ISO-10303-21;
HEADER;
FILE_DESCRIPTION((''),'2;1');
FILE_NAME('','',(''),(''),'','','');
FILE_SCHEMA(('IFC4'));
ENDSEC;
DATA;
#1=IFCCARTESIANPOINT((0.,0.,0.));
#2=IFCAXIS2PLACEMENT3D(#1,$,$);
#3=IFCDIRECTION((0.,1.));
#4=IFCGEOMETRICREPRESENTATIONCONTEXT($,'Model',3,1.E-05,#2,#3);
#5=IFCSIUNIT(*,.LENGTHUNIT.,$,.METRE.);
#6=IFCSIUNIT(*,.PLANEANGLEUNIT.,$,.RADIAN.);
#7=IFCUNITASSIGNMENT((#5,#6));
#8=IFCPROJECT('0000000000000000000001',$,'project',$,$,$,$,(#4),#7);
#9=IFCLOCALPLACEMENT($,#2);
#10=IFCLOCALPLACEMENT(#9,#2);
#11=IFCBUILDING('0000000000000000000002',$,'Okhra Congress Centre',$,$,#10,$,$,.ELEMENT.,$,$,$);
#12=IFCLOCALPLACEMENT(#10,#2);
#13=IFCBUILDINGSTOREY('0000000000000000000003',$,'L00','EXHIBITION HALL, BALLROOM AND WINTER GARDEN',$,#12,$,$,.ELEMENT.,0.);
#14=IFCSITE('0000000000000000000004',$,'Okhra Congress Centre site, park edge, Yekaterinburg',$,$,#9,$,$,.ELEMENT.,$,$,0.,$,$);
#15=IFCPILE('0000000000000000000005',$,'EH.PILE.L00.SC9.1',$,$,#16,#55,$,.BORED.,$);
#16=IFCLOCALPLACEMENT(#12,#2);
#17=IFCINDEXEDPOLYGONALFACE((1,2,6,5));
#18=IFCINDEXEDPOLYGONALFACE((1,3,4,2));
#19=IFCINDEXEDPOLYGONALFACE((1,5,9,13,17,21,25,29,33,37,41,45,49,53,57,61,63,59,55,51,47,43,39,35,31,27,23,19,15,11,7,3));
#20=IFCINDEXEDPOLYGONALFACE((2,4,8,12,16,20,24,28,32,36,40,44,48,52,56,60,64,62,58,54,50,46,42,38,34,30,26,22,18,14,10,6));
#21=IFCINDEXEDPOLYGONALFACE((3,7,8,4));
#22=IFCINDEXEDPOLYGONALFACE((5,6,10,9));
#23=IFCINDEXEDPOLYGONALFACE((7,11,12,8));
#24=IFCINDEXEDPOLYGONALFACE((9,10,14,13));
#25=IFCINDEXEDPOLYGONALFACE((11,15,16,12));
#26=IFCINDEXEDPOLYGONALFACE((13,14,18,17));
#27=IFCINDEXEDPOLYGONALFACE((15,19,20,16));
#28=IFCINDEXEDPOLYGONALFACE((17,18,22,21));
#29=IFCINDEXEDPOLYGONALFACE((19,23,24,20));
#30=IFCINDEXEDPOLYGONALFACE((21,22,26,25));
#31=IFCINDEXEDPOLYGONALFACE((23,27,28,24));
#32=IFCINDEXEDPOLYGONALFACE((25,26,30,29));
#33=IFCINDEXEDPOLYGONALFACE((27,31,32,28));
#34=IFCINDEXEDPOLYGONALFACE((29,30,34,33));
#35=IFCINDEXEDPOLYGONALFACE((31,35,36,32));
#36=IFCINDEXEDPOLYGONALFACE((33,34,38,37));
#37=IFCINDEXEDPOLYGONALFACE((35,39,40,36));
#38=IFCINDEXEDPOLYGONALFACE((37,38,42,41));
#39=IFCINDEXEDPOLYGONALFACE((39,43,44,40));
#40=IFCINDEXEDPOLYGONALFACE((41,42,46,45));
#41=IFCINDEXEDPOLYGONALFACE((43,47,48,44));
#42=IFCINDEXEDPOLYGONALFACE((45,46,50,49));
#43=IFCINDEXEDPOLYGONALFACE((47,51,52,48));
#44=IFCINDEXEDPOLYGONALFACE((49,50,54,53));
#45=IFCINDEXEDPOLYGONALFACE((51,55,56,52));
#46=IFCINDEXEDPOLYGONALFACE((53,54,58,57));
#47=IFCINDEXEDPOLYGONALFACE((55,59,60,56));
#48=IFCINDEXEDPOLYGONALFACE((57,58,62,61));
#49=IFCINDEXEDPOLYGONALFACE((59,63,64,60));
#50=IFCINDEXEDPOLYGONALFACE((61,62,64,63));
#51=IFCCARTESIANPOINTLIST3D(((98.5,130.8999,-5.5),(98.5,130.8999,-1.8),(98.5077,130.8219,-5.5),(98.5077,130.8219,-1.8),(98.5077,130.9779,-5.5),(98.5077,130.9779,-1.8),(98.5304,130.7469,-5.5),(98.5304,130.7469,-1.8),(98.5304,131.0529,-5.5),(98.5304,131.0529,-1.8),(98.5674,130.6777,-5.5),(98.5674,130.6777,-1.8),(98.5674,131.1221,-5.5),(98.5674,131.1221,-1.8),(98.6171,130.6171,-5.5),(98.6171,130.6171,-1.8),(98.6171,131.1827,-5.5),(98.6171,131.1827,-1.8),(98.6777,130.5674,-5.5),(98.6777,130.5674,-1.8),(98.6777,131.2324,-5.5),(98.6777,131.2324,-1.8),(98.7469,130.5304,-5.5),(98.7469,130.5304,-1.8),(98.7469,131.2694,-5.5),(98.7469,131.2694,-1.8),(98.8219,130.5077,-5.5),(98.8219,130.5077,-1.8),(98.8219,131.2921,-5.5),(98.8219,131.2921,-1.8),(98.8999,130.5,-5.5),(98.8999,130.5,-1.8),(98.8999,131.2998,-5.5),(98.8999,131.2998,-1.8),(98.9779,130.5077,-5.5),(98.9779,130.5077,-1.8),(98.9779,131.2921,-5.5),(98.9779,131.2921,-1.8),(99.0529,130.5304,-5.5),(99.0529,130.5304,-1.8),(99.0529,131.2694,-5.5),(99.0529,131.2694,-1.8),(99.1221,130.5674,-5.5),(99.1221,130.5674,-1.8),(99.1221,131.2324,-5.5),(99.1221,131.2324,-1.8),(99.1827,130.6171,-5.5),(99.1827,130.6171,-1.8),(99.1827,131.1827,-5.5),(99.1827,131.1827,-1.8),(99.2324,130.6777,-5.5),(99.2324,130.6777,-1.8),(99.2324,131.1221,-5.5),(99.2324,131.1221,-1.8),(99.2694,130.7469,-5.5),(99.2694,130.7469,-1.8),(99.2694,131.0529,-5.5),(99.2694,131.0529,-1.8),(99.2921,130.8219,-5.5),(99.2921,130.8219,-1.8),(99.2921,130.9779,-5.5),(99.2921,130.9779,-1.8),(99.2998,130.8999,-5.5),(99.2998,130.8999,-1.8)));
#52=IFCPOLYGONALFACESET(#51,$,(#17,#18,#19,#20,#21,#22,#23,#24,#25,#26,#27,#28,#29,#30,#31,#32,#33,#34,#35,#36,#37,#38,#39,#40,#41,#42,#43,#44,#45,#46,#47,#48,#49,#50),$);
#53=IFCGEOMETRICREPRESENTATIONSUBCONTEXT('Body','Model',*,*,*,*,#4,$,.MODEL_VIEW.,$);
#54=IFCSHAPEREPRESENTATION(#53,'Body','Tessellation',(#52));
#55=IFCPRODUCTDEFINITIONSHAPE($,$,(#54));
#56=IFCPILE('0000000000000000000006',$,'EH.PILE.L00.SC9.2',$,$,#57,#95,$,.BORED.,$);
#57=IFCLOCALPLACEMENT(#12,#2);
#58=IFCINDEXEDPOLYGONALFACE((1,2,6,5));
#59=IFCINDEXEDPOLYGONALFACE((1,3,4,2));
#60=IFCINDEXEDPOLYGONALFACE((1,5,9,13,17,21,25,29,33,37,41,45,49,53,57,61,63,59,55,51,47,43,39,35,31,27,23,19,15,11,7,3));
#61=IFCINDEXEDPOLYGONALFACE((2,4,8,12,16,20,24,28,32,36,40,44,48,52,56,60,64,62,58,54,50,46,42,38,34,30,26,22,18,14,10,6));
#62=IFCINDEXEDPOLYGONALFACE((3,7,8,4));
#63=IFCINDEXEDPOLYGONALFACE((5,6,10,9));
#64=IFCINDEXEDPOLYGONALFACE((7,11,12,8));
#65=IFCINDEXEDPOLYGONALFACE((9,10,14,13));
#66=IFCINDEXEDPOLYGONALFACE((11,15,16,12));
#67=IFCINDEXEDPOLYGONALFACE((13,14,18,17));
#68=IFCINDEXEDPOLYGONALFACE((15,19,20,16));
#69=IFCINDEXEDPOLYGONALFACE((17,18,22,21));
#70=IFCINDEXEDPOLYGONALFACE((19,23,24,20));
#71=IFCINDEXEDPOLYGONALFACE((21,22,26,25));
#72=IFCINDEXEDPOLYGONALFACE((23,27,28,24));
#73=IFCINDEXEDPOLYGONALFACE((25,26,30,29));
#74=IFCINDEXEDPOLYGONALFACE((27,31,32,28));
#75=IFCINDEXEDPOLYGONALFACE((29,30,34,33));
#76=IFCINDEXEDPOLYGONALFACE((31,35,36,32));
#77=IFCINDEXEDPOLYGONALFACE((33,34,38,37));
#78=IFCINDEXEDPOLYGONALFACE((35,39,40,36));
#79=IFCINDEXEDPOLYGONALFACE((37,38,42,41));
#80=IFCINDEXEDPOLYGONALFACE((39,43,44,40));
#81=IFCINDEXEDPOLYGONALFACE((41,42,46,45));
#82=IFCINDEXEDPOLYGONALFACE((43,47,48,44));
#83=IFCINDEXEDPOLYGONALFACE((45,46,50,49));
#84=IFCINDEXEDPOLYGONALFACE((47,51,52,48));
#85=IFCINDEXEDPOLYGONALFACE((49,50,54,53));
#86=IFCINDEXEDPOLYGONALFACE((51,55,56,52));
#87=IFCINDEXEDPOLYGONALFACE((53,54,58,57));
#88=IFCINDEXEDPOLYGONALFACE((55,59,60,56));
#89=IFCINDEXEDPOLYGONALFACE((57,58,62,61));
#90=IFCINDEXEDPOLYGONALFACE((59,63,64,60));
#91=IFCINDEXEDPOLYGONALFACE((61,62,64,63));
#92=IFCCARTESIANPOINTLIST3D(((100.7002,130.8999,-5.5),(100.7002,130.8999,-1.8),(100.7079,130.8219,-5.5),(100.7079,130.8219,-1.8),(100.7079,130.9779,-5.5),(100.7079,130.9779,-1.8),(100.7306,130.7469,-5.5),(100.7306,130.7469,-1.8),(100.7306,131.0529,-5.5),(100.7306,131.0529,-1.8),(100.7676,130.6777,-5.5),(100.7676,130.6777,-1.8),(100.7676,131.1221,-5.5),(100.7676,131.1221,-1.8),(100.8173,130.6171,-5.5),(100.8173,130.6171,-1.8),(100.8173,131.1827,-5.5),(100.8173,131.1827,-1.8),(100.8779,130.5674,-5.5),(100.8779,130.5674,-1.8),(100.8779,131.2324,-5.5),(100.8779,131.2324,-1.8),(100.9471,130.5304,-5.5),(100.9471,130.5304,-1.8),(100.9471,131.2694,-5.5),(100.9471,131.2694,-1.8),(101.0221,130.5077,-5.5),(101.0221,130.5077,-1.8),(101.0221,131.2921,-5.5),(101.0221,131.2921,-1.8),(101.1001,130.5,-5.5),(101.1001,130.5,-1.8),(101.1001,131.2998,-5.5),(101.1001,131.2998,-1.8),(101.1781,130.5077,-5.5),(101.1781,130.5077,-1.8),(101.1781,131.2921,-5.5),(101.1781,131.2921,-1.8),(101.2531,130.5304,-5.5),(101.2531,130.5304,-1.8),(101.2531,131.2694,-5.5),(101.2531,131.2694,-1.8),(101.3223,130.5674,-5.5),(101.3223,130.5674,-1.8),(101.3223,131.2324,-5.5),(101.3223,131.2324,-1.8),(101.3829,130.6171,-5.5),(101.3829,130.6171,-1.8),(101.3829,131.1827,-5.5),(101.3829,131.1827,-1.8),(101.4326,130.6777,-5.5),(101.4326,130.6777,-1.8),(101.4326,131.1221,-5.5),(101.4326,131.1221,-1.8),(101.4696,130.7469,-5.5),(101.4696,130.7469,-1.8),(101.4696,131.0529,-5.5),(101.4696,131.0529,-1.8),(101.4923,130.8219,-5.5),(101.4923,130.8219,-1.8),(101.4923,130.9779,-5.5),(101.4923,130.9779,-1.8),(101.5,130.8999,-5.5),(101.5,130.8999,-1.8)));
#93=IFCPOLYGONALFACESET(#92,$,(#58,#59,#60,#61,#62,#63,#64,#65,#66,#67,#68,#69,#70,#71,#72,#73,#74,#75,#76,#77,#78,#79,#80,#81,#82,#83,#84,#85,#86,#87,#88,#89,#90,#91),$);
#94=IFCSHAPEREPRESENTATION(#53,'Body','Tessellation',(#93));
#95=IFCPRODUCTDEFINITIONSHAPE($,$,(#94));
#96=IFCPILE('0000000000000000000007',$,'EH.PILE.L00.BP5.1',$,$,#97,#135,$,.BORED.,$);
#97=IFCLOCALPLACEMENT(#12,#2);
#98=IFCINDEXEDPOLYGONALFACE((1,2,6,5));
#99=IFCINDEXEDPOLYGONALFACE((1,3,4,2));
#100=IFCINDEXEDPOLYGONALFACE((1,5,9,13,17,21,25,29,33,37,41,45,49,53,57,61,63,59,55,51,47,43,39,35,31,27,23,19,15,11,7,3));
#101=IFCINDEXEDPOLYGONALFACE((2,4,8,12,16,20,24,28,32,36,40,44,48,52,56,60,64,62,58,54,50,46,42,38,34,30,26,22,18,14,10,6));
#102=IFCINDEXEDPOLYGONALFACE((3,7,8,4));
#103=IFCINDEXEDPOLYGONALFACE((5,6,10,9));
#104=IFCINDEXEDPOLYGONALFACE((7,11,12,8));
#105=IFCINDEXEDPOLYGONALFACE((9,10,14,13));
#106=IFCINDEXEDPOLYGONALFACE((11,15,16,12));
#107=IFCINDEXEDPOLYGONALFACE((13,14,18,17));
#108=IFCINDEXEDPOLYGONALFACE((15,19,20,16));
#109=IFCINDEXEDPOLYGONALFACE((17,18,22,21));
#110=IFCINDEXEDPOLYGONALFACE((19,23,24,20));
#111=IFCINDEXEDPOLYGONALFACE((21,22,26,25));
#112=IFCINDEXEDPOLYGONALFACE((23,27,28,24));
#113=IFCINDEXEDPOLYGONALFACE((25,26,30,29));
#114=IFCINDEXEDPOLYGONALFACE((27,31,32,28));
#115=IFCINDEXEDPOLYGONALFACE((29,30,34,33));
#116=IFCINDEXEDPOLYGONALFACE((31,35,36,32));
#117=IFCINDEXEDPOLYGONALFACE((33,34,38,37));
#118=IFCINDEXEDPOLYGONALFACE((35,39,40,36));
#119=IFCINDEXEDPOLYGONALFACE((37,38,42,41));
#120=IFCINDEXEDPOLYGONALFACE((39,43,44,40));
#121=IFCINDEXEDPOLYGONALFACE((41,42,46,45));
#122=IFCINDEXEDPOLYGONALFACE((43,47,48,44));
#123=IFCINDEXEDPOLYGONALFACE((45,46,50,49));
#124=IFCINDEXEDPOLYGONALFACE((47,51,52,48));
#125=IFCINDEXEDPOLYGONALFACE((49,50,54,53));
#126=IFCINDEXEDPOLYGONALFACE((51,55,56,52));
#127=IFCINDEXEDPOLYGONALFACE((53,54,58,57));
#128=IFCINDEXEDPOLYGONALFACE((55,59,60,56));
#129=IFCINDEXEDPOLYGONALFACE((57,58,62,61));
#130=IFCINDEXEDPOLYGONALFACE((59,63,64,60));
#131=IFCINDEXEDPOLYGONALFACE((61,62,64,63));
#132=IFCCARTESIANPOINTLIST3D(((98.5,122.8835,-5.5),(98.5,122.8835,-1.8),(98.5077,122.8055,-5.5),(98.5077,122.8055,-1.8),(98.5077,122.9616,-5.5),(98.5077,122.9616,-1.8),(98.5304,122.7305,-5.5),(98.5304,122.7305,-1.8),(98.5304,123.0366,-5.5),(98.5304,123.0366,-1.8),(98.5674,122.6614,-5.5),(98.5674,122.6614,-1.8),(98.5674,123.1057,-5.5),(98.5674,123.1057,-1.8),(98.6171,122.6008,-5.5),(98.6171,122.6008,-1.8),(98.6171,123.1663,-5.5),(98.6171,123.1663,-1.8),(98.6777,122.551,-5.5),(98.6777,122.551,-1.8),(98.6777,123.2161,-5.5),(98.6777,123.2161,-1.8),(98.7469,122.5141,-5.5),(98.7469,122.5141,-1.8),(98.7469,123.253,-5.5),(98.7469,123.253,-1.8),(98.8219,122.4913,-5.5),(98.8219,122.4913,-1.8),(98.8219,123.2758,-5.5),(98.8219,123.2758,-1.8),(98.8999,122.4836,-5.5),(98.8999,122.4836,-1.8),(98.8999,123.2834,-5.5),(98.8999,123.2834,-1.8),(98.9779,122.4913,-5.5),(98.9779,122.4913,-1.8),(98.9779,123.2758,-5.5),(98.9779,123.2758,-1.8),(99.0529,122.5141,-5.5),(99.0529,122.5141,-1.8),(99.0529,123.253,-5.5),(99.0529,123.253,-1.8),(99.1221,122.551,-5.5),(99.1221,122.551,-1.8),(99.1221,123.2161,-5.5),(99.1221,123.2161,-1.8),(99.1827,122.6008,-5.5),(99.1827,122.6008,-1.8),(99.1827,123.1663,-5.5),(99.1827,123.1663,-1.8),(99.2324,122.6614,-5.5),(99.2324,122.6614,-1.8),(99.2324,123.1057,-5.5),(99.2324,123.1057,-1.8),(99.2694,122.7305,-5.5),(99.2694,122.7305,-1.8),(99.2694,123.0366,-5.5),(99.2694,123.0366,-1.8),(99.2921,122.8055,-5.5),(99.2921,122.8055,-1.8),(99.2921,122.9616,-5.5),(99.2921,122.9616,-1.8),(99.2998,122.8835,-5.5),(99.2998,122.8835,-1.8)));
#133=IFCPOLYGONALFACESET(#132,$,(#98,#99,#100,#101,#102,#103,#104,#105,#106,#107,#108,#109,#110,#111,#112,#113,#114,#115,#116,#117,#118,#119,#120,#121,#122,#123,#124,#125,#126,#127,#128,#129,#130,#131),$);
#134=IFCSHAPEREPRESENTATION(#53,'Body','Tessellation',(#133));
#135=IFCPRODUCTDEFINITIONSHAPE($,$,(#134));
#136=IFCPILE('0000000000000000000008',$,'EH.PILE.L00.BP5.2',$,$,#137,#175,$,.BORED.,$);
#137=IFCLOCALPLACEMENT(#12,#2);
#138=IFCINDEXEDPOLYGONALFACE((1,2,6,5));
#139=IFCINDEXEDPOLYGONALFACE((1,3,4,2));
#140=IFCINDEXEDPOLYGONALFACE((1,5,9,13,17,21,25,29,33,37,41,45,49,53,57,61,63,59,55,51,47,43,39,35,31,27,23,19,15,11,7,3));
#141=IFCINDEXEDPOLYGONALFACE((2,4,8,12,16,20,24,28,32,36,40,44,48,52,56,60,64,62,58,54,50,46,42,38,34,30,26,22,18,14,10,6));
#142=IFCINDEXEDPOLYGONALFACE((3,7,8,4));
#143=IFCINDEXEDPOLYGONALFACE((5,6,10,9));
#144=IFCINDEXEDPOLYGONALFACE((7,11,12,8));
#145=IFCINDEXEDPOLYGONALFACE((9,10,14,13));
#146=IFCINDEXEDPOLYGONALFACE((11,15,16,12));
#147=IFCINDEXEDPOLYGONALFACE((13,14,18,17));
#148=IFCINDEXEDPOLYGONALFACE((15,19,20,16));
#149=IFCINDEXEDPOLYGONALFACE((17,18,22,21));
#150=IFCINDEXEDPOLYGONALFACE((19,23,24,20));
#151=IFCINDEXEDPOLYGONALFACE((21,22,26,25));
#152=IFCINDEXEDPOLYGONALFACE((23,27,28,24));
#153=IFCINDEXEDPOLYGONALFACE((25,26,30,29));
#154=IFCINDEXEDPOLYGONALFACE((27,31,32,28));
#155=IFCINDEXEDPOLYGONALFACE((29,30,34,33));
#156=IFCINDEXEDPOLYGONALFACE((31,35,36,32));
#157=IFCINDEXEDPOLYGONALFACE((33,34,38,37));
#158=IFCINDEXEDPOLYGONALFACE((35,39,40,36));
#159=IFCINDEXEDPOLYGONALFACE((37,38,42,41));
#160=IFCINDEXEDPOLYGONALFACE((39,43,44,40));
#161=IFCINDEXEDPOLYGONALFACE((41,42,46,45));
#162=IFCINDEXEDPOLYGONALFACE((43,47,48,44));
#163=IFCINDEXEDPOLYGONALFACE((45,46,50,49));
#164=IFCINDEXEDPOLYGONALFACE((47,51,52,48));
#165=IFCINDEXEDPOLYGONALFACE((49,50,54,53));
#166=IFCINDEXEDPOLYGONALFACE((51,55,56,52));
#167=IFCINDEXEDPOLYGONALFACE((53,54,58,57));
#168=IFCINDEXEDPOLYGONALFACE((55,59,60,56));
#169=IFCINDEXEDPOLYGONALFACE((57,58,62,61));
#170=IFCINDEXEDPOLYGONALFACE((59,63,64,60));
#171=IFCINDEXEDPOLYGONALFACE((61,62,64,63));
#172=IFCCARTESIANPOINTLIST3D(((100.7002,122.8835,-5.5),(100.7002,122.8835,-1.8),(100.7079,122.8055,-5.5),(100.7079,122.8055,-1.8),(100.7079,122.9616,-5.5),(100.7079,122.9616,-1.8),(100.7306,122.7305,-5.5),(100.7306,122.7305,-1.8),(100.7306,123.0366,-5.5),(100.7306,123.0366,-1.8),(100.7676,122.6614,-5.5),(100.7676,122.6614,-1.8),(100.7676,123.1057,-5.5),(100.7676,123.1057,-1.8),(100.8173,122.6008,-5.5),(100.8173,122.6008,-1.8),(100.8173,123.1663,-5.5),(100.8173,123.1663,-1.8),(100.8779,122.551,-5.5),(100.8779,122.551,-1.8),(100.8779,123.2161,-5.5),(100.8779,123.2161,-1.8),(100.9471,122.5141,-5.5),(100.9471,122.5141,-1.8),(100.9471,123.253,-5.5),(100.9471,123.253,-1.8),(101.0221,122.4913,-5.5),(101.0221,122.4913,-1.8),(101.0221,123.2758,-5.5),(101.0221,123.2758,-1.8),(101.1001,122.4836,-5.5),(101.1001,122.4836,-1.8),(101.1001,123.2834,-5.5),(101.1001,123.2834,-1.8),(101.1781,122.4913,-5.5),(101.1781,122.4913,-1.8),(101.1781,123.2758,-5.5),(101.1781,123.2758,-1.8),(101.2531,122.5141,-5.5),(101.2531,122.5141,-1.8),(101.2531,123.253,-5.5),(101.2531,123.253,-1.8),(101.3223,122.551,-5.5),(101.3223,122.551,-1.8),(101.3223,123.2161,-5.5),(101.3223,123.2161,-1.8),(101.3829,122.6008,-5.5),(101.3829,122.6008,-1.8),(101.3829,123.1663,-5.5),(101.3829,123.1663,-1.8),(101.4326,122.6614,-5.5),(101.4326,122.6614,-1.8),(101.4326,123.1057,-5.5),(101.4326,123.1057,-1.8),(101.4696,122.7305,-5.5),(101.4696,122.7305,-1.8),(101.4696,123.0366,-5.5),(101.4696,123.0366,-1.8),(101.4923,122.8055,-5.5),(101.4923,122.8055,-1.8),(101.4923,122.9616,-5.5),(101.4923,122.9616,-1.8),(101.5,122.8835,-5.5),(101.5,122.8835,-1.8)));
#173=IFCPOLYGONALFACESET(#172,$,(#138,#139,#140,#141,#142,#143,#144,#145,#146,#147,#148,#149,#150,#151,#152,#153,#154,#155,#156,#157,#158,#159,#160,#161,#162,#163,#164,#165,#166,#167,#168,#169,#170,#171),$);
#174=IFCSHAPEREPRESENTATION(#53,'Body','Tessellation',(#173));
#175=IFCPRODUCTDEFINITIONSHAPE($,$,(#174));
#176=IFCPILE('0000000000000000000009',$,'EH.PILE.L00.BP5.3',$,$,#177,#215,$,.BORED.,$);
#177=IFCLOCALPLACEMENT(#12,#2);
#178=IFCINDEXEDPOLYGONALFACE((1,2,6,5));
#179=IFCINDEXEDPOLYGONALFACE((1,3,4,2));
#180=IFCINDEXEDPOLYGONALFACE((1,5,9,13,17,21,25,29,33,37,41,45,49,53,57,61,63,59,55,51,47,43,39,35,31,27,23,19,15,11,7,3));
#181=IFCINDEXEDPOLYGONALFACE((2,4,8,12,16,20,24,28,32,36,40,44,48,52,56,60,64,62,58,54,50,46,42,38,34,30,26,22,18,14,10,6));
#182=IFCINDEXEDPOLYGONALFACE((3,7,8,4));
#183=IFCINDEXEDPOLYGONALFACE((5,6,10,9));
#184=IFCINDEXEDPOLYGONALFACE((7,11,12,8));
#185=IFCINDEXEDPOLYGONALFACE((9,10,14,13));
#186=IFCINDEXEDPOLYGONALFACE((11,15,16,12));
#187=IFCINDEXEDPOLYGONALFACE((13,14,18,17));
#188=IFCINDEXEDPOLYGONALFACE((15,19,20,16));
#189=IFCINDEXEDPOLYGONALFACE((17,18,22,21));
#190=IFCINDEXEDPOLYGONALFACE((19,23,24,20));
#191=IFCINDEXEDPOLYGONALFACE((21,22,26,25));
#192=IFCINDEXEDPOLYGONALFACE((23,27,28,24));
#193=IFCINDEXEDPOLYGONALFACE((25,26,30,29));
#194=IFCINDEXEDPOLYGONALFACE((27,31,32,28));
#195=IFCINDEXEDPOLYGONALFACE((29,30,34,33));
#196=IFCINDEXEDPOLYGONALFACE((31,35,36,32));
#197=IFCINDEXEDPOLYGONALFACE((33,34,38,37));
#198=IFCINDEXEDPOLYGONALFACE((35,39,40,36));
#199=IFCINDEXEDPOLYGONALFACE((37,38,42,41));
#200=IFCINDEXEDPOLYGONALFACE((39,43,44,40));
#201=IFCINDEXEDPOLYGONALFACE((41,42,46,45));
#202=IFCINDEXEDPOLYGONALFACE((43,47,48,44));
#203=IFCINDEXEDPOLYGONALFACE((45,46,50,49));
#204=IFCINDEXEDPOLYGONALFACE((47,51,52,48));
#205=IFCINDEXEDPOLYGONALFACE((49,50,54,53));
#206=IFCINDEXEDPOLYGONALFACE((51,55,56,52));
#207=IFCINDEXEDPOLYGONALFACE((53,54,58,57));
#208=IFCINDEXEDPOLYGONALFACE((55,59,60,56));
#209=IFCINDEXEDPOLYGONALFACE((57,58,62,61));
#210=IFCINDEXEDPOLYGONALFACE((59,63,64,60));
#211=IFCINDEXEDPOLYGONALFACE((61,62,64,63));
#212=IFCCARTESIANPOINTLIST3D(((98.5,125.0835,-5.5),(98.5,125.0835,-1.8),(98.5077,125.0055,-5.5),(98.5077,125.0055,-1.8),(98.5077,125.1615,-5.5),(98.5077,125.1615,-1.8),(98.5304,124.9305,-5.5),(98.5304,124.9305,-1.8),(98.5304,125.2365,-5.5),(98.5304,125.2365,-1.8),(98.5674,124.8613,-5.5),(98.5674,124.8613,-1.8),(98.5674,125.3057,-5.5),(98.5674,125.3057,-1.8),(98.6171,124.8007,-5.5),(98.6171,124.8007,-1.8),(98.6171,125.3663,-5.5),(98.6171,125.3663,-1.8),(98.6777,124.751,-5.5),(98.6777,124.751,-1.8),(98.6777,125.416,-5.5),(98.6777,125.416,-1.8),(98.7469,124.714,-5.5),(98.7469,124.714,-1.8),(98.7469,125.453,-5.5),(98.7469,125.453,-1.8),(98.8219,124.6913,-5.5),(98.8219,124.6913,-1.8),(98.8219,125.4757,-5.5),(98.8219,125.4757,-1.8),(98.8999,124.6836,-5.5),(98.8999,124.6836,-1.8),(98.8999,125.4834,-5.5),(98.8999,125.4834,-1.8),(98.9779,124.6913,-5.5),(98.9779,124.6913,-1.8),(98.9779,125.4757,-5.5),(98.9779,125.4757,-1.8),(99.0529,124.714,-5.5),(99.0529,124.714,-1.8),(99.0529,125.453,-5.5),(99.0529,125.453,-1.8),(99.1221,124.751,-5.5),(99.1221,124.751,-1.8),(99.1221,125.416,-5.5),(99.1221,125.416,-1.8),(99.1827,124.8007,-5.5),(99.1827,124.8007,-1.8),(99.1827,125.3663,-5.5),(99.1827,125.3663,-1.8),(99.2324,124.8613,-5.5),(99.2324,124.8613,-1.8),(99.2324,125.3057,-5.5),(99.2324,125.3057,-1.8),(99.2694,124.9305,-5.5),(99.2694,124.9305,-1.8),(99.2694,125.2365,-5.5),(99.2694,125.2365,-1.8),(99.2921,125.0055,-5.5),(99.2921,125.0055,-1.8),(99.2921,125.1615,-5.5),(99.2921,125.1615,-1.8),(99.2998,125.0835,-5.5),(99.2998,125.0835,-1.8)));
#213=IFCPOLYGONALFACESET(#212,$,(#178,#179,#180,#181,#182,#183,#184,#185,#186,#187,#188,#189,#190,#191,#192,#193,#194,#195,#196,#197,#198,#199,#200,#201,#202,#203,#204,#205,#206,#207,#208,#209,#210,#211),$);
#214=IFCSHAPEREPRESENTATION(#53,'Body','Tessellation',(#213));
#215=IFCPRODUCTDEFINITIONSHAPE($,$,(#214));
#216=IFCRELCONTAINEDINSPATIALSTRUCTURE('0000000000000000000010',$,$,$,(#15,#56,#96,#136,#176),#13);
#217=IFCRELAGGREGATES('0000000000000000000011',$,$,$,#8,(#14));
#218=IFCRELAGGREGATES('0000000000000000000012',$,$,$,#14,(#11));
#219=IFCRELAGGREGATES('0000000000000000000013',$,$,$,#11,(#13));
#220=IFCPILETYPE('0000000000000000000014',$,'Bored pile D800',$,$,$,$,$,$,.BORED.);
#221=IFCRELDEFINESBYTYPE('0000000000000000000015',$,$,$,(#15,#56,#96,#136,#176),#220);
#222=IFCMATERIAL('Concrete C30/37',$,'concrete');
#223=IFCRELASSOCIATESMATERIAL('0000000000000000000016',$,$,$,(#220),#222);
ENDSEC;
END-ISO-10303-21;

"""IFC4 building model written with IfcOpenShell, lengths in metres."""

from ifc_helpers import new_model, si_unit, direction, frame, origin, origin_2d, place, context, subcontext, project, spatial, circle, extrude, material, material_profile, profile_set, type_object, element, save


model = new_model("IFC4")

# Units and contexts
model_context = context("Model", 3, precision=1e-05, world=origin(), true_north=direction((0.0, 1.0)))
body_context = subcontext(model_context, "Body", "Model", "MODEL_VIEW")
ifc_project = project(units=[si_unit("LENGTHUNIT", "METRE"), si_unit("PLANEANGLEUNIT", "RADIAN")], contexts=[model_context])

# Site, building, storey
site_placement = place(None, origin())
site = spatial("IfcSite", under=ifc_project, at=site_placement, Name="Okhra Congress Centre site, park edge, Yekaterinburg", CompositionType="ELEMENT", RefElevation=0.0)
building_placement = place(site_placement, origin())
building = spatial("IfcBuilding", under=site, at=building_placement, Name="Okhra Congress Centre", CompositionType="ELEMENT")
storey_placement = place(building_placement, origin())
storey = spatial("IfcBuildingStorey", under=building, at=storey_placement, Name="L00", Description="EXHIBITION HALL, BALLROOM AND WINTER GARDEN", CompositionType="ELEMENT", Elevation=0.0)

# Piles
ifc_material_1 = material(Name="Concrete C30/37", Category="concrete")
ifc_material_profile_1 = material_profile(ifc_material_1, circle(Radius=0.3999, at=origin_2d()), Name="D800")
ifc_profile_set_1 = profile_set([ifc_material_profile_1], Name="Concrete C30/37")
pile_type_1 = type_object("IfcPileType", Name="Bored pile D800", PredefinedType="BORED", material=ifc_profile_set_1)
for number, where, z_axis, x_axis, name in (
    (1, (98.8999, 130.8999, -1.8), (0.0, 0.0, -1.0), (1.0, 0.0, 0.0), "EH.PILE.L00.SC9.1"),
    (2, (101.1001, 130.8999, -1.8), (0.0, 0.0, -1.0), (1.0, 0.0, 0.0), "EH.PILE.L00.SC9.2"),
    (3, (98.8999, 122.8835, -1.8), (0.0, 0.0, -1.0), (1.0, 0.0, 0.0), "EH.PILE.L00.BP5.1"),
    (4, (101.1001, 122.8835, -1.8), (0.0, 0.0, -1.0), (1.0, 0.0, 0.0), "EH.PILE.L00.BP5.2"),
    (5, (98.8999, 125.0835, -1.8), (0.0, 0.0, -1.0), (1.0, 0.0, 0.0), "EH.PILE.L00.BP5.3"),
):
    element("IfcPile", number, at=place(storey_placement, frame(where, z_axis=z_axis, x_axis=x_axis)), inside=storey, type_object=pile_type_1, Name=name, PredefinedType="BORED", context=body_context, shape_type="SweptSolid", body=[
        extrude(circle(Radius=0.3999, at=origin_2d()), origin(), (0.0, 0.0, 1.0), 3.7),
    ])

save(model, "model.ifc")
